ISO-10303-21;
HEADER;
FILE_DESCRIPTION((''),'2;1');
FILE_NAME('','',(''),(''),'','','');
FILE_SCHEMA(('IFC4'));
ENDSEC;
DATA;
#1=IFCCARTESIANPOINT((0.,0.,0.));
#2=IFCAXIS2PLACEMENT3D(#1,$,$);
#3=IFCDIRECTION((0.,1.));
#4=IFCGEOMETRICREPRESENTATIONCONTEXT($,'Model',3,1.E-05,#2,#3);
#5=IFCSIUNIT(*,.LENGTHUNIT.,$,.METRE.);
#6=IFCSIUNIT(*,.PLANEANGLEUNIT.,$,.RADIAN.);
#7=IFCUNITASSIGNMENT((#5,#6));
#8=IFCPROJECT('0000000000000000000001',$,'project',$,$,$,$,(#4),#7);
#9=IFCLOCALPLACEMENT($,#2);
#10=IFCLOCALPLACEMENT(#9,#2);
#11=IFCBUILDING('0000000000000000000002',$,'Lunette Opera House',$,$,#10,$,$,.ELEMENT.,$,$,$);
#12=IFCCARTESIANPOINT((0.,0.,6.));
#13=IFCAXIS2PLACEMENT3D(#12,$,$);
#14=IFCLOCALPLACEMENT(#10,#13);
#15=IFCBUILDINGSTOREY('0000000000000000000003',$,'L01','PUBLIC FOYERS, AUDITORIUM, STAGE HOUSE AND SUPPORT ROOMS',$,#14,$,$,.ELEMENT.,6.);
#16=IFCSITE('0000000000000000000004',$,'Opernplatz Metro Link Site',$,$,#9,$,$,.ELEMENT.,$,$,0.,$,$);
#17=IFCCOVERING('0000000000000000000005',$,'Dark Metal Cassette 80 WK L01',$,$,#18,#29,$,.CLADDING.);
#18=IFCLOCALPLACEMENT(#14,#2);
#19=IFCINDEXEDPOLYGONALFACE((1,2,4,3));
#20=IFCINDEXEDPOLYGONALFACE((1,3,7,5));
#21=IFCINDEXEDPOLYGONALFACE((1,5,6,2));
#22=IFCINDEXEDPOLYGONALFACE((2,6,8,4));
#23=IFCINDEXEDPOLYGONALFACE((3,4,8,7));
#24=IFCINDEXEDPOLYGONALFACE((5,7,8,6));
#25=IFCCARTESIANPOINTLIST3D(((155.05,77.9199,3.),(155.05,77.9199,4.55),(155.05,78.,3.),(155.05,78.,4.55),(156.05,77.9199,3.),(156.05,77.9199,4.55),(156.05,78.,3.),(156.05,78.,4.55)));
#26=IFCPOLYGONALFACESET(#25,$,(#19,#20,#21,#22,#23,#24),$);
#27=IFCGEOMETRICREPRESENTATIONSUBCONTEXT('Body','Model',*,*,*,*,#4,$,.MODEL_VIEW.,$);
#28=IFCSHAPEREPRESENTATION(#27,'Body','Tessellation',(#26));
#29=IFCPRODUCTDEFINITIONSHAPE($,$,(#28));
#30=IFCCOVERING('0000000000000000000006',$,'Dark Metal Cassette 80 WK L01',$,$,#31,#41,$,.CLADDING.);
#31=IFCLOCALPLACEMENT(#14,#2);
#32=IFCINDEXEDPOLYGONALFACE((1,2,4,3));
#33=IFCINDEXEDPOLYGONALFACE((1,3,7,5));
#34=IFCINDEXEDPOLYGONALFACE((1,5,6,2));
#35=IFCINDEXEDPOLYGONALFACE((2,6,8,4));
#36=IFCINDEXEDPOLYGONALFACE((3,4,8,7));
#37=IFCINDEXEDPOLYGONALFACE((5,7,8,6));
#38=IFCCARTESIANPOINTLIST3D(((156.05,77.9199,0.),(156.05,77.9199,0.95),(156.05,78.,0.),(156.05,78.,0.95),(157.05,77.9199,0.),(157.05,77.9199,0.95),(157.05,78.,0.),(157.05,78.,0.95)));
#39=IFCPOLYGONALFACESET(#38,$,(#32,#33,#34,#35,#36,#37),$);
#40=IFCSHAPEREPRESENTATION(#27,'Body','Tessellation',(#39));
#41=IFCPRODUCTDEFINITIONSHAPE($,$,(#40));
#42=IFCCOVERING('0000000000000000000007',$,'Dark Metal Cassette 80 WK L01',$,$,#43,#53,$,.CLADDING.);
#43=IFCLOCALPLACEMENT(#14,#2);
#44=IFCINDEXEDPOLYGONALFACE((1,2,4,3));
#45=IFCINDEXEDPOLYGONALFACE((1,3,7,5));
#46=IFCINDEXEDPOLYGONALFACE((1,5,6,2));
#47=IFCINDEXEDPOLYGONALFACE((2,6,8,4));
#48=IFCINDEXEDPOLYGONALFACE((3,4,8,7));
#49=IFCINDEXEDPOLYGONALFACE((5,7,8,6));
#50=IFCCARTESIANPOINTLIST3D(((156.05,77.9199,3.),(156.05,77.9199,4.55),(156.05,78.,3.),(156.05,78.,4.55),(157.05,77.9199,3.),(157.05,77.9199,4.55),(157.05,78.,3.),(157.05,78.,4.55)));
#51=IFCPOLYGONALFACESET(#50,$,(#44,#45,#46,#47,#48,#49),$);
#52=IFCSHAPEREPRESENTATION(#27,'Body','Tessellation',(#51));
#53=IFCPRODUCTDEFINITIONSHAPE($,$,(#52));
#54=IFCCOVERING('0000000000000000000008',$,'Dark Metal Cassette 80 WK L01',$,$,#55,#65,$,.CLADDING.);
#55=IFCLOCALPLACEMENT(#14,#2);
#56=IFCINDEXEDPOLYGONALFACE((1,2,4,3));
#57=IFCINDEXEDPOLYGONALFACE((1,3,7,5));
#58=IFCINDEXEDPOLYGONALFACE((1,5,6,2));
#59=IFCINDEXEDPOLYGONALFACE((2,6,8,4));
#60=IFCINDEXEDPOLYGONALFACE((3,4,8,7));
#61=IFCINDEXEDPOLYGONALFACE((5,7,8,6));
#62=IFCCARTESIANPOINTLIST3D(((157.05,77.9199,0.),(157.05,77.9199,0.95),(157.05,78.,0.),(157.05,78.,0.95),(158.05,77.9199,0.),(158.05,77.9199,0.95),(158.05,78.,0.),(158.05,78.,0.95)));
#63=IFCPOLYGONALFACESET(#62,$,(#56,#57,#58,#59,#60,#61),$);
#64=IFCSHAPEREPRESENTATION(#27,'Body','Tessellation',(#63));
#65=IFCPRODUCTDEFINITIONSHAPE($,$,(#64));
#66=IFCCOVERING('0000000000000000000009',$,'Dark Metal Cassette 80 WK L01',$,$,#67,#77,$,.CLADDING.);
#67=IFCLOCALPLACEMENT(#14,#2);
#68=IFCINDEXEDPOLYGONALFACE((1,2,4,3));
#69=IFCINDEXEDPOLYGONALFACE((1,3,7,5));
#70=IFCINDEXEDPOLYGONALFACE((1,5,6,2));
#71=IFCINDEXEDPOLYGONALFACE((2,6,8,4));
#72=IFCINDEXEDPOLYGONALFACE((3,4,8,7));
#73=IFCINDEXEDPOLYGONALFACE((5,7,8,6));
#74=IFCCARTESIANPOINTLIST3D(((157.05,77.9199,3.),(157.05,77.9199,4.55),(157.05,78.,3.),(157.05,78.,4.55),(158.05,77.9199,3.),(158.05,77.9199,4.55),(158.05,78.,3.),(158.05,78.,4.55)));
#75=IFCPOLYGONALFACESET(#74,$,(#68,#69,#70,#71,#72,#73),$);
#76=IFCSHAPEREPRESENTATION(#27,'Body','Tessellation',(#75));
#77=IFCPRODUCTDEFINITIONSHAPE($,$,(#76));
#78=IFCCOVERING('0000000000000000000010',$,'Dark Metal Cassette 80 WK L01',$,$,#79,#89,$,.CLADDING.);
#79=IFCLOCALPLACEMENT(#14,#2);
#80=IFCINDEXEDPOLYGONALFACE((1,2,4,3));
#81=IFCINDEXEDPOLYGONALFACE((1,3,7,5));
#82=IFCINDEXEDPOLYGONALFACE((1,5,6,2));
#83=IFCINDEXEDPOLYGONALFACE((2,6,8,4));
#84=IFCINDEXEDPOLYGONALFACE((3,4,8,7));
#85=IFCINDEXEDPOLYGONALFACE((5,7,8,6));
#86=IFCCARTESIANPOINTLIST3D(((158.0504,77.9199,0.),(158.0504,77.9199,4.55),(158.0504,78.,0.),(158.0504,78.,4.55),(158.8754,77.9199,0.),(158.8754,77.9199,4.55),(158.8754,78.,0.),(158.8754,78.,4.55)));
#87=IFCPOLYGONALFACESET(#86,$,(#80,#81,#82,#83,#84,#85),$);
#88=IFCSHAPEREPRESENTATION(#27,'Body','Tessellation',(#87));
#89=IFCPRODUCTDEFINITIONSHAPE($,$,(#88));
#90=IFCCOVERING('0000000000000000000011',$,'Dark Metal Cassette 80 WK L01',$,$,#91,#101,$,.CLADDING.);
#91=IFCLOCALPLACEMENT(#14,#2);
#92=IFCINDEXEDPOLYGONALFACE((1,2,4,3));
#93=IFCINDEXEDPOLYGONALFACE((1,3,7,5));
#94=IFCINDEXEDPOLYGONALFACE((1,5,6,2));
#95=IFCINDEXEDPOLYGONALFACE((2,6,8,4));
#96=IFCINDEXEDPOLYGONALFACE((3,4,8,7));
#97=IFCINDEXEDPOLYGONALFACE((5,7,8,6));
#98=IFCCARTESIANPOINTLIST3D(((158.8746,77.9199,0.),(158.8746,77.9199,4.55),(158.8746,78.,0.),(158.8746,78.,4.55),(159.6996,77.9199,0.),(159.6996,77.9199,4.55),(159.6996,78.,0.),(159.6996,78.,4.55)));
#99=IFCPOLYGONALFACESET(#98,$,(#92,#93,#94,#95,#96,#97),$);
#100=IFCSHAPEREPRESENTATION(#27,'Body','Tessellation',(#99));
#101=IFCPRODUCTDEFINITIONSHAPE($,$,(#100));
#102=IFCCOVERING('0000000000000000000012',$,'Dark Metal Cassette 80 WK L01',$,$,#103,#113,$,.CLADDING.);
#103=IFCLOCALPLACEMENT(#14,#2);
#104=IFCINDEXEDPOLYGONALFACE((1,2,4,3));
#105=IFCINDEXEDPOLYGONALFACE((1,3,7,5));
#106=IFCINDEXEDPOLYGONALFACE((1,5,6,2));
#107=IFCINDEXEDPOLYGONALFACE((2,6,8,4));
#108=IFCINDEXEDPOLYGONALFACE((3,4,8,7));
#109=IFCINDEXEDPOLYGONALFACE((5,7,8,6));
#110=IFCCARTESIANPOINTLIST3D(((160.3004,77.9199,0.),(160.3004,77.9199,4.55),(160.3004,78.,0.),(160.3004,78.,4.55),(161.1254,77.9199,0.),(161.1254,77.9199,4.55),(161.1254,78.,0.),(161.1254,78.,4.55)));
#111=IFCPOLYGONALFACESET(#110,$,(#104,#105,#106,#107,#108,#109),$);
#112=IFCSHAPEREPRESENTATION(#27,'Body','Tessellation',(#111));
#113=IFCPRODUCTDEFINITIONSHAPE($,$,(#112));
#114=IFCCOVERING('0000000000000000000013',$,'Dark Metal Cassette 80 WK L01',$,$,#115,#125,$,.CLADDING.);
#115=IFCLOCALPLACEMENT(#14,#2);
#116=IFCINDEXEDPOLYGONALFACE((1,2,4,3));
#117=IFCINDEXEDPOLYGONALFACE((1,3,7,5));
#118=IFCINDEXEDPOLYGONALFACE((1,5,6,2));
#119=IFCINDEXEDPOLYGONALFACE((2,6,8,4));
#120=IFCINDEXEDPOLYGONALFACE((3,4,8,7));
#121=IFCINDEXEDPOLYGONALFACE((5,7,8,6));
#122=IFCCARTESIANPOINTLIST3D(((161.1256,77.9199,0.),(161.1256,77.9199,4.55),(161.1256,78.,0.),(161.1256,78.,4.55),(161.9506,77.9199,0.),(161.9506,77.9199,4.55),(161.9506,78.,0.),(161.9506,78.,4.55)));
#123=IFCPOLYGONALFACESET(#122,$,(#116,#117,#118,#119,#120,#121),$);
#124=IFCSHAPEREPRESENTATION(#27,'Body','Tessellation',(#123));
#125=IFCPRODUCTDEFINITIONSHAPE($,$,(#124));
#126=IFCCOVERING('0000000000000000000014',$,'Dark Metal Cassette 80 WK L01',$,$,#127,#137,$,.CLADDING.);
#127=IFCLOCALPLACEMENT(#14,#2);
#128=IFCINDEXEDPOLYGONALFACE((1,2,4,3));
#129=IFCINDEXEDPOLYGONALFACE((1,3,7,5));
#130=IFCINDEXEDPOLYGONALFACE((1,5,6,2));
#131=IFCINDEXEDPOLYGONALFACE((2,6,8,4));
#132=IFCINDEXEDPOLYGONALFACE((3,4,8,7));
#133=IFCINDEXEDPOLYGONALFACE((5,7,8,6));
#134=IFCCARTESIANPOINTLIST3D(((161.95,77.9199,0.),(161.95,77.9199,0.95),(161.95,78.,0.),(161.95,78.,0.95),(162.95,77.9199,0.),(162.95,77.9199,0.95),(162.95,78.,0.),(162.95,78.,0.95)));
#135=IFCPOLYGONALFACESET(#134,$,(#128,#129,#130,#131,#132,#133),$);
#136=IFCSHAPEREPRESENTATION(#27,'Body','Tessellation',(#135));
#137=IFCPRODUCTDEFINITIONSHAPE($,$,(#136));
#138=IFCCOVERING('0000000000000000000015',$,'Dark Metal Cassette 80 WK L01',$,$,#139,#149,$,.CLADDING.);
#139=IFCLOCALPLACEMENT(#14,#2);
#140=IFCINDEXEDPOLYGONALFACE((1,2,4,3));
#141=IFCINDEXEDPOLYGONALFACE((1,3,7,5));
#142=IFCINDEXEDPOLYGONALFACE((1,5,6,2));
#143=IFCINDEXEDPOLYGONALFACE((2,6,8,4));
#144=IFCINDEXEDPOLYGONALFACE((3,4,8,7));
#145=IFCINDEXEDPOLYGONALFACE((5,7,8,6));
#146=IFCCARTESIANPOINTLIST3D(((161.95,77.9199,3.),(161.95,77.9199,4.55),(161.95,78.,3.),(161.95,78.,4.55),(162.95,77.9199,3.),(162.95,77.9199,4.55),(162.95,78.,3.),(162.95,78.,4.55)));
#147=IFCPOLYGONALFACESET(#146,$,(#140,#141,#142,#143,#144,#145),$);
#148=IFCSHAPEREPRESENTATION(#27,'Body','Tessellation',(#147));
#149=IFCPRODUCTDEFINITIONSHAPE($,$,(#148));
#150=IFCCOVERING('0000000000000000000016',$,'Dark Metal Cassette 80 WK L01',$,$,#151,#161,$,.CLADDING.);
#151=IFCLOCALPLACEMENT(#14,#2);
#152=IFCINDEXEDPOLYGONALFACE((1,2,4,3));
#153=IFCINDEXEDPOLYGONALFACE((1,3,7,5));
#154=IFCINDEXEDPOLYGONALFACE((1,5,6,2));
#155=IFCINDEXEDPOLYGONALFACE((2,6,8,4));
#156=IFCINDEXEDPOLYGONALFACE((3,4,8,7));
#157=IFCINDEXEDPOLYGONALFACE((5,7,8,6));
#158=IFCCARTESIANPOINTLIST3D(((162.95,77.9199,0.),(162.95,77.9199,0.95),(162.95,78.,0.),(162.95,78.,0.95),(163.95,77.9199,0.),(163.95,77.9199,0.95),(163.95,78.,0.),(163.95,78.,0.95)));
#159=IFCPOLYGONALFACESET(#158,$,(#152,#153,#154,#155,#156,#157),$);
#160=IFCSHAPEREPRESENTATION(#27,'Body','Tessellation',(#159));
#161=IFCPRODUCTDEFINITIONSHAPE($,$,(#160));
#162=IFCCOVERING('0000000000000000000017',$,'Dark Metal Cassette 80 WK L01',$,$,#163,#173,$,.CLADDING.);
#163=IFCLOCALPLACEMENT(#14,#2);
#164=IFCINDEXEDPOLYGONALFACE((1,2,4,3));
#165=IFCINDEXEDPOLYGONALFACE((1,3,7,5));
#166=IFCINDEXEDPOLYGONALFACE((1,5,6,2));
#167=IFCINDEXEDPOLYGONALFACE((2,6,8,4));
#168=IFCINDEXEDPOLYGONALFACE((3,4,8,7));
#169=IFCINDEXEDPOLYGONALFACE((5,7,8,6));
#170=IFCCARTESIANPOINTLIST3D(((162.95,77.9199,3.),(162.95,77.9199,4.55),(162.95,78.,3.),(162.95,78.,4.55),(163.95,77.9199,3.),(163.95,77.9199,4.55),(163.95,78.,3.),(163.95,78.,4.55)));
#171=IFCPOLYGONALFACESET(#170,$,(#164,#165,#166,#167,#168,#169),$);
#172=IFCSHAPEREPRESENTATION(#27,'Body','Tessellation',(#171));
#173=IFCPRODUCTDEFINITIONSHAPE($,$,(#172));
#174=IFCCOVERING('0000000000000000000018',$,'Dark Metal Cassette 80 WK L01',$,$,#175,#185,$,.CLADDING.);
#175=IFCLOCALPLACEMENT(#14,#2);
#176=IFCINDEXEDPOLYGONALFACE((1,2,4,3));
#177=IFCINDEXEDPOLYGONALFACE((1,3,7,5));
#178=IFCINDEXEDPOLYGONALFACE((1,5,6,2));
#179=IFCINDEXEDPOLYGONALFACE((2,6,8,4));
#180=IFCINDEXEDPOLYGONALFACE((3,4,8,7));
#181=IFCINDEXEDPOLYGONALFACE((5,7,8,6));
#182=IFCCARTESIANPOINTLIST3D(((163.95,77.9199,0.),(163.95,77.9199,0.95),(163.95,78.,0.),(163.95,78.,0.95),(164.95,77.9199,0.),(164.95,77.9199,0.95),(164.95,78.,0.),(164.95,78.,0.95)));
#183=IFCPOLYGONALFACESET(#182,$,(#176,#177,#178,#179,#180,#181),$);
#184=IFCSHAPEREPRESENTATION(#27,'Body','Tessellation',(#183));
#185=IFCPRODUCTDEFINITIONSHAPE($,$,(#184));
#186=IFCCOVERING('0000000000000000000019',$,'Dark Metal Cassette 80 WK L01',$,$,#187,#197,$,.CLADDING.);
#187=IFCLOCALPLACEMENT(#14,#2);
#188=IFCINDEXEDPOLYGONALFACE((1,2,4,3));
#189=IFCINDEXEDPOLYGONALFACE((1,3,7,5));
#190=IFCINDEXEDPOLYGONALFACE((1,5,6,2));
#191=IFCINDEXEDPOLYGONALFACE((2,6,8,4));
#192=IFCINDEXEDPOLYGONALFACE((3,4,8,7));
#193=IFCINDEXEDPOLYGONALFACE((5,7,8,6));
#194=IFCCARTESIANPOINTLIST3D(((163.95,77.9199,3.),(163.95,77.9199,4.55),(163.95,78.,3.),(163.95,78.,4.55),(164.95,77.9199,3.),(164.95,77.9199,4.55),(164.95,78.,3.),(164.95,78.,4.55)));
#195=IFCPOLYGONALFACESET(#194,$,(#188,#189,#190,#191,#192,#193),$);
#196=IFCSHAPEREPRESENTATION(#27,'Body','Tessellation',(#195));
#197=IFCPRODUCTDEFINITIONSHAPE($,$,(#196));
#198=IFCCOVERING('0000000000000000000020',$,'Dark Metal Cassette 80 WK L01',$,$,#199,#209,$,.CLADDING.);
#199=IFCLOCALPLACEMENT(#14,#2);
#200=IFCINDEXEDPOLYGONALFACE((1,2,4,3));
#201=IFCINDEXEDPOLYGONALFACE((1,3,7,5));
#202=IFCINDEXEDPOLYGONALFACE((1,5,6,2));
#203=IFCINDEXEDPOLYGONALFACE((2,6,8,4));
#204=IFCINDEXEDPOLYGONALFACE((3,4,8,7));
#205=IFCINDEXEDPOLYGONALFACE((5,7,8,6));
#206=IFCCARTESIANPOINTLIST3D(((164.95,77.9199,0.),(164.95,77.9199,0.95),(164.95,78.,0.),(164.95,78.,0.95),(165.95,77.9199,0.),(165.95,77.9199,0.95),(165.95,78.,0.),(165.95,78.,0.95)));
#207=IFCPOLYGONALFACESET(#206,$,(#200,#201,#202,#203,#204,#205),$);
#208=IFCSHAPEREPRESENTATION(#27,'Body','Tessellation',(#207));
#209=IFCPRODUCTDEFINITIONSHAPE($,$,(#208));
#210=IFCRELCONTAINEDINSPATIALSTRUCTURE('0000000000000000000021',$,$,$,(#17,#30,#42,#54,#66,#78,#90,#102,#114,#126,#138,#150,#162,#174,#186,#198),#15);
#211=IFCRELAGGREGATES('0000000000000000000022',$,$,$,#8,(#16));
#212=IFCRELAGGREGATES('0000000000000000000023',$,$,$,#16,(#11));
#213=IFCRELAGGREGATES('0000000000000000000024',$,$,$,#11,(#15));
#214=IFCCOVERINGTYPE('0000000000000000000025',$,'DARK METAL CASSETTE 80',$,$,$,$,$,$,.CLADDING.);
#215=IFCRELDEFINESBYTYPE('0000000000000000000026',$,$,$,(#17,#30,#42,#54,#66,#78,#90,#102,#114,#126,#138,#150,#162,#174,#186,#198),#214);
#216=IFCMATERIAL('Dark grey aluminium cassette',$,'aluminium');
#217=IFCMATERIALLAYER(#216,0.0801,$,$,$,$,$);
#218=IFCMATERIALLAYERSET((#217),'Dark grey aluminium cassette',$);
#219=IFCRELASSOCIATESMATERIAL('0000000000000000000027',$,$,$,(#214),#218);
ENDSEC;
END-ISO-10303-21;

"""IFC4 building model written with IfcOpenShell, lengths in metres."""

from ifc_helpers import new_model, si_unit, direction, frame, origin, origin_2d, place, context, subcontext, project, spatial, rectangle, extrude, material, layer, layer_set, type_object, element, save


model = new_model("IFC4")

# Units and contexts
model_context = context("Model", 3, precision=1e-05, world=origin(), true_north=direction((0.0, 1.0)))
body_context = subcontext(model_context, "Body", "Model", "MODEL_VIEW")
ifc_project = project(units=[si_unit("LENGTHUNIT", "METRE"), si_unit("PLANEANGLEUNIT", "RADIAN")], contexts=[model_context])

# Site, building, storey
site_placement = place(None, origin())
site = spatial("IfcSite", under=ifc_project, at=site_placement, Name="Opernplatz Metro Link Site", CompositionType="ELEMENT", RefElevation=0.0)
building_placement = place(site_placement, origin())
building = spatial("IfcBuilding", under=site, at=building_placement, Name="Lunette Opera House", CompositionType="ELEMENT")
storey_placement = place(building_placement, frame((0.0, 0.0, 6.0)))
storey = spatial("IfcBuildingStorey", under=building, at=storey_placement, Name="L01", Description="PUBLIC FOYERS, AUDITORIUM, STAGE HOUSE AND SUPPORT ROOMS", CompositionType="ELEMENT", Elevation=6.0)

# Coverings
ifc_material_1 = material(Name="Dark grey aluminium cassette", Category="aluminium")
ifc_layer_1 = layer(ifc_material_1, 0.0801)
ifc_layer_set_1 = layer_set([ifc_layer_1], Name="Dark grey aluminium cassette")
covering_type = type_object("IfcCoveringType", Name="DARK METAL CASSETTE 80", PredefinedType="CLADDING", material=ifc_layer_set_1)
covering_1_placement = place(storey_placement, frame((155.55, 77.96, 3.0), z_axis=(0.0, 0.0, 1.0), x_axis=(1.0, 0.0, 0.0)))
element("IfcCovering", 1, at=covering_1_placement, inside=storey, type_object=covering_type, Name="Dark Metal Cassette 80 WK L01", PredefinedType="CLADDING", context=body_context, shape_type="SweptSolid", body=[
    extrude(rectangle(XDim=1.0, YDim=0.0801, at=origin_2d()), origin(), (0.0, 0.0, 1.0), 1.55),
])
covering_2_placement = place(storey_placement, frame((156.55, 77.96, 0.0), z_axis=(0.0, 0.0, 1.0), x_axis=(1.0, 0.0, 0.0)))
element("IfcCovering", 2, at=covering_2_placement, inside=storey, type_object=covering_type, Name="Dark Metal Cassette 80 WK L01", PredefinedType="CLADDING", context=body_context, shape_type="SweptSolid", body=[
    extrude(rectangle(XDim=1.0, YDim=0.0801, at=origin_2d()), origin(), (0.0, 0.0, 1.0), 0.95),
])
covering_3_placement = place(storey_placement, frame((156.55, 77.96, 3.0), z_axis=(0.0, 0.0, 1.0), x_axis=(1.0, 0.0, 0.0)))
element("IfcCovering", 3, at=covering_3_placement, inside=storey, type_object=covering_type, Name="Dark Metal Cassette 80 WK L01", PredefinedType="CLADDING", context=body_context, shape_type="SweptSolid", body=[
    extrude(rectangle(XDim=1.0, YDim=0.0801, at=origin_2d()), origin(), (0.0, 0.0, 1.0), 1.55),
])
covering_4_placement = place(storey_placement, frame((157.55, 77.96, 0.0), z_axis=(0.0, 0.0, 1.0), x_axis=(1.0, 0.0, 0.0)))
element("IfcCovering", 4, at=covering_4_placement, inside=storey, type_object=covering_type, Name="Dark Metal Cassette 80 WK L01", PredefinedType="CLADDING", context=body_context, shape_type="SweptSolid", body=[
    extrude(rectangle(XDim=1.0, YDim=0.0801, at=origin_2d()), origin(), (0.0, 0.0, 1.0), 0.95),
])
covering_5_placement = place(storey_placement, frame((157.55, 77.96, 3.0), z_axis=(0.0, 0.0, 1.0), x_axis=(1.0, 0.0, 0.0)))
element("IfcCovering", 5, at=covering_5_placement, inside=storey, type_object=covering_type, Name="Dark Metal Cassette 80 WK L01", PredefinedType="CLADDING", context=body_context, shape_type="SweptSolid", body=[
    extrude(rectangle(XDim=1.0, YDim=0.0801, at=origin_2d()), origin(), (0.0, 0.0, 1.0), 1.55),
])
for number, where, z_axis, x_axis, name in (
    (6, (158.4629, 77.96, 0.0), (0.0, 0.0, 1.0), (1.0, 0.0, 0.0), "Dark Metal Cassette 80 WK L01"),
    (7, (159.2871, 77.96, 0.0), (0.0, 0.0, 1.0), (1.0, 0.0, 0.0), "Dark Metal Cassette 80 WK L01"),
    (8, (160.7129, 77.96, 0.0), (0.0, 0.0, 1.0), (1.0, 0.0, 0.0), "Dark Metal Cassette 80 WK L01"),
    (9, (161.5381, 77.96, 0.0), (0.0, 0.0, 1.0), (1.0, 0.0, 0.0), "Dark Metal Cassette 80 WK L01"),
):
    element("IfcCovering", number, at=place(storey_placement, frame(where, z_axis=z_axis, x_axis=x_axis)), inside=storey, type_object=covering_type, Name=name, PredefinedType="CLADDING", context=body_context, shape_type="SweptSolid", body=[
        extrude(rectangle(XDim=0.825, YDim=0.0801, at=origin_2d()), origin(), (0.0, 0.0, 1.0), 4.55),
    ])
covering_6_placement = place(storey_placement, frame((162.45, 77.96, 0.0), z_axis=(0.0, 0.0, 1.0), x_axis=(1.0, 0.0, 0.0)))
element("IfcCovering", 10, at=covering_6_placement, inside=storey, type_object=covering_type, Name="Dark Metal Cassette 80 WK L01", PredefinedType="CLADDING", context=body_context, shape_type="SweptSolid", body=[
    extrude(rectangle(XDim=1.0, YDim=0.0801, at=origin_2d()), origin(), (0.0, 0.0, 1.0), 0.95),
])
covering_7_placement = place(storey_placement, frame((162.45, 77.96, 3.0), z_axis=(0.0, 0.0, 1.0), x_axis=(1.0, 0.0, 0.0)))
element("IfcCovering", 11, at=covering_7_placement, inside=storey, type_object=covering_type, Name="Dark Metal Cassette 80 WK L01", PredefinedType="CLADDING", context=body_context, shape_type="SweptSolid", body=[
    extrude(rectangle(XDim=1.0, YDim=0.0801, at=origin_2d()), origin(), (0.0, 0.0, 1.0), 1.55),
])
covering_8_placement = place(storey_placement, frame((163.45, 77.96, 0.0), z_axis=(0.0, 0.0, 1.0), x_axis=(1.0, 0.0, 0.0)))
element("IfcCovering", 12, at=covering_8_placement, inside=storey, type_object=covering_type, Name="Dark Metal Cassette 80 WK L01", PredefinedType="CLADDING", context=body_context, shape_type="SweptSolid", body=[
    extrude(rectangle(XDim=1.0, YDim=0.0801, at=origin_2d()), origin(), (0.0, 0.0, 1.0), 0.95),
])
covering_9_placement = place(storey_placement, frame((163.45, 77.96, 3.0), z_axis=(0.0, 0.0, 1.0), x_axis=(1.0, 0.0, 0.0)))
element("IfcCovering", 13, at=covering_9_placement, inside=storey, type_object=covering_type, Name="Dark Metal Cassette 80 WK L01", PredefinedType="CLADDING", context=body_context, shape_type="SweptSolid", body=[
    extrude(rectangle(XDim=1.0, YDim=0.0801, at=origin_2d()), origin(), (0.0, 0.0, 1.0), 1.55),
])
covering_10_placement = place(storey_placement, frame((164.45, 77.96, 0.0), z_axis=(0.0, 0.0, 1.0), x_axis=(1.0, 0.0, 0.0)))
element("IfcCovering", 14, at=covering_10_placement, inside=storey, type_object=covering_type, Name="Dark Metal Cassette 80 WK L01", PredefinedType="CLADDING", context=body_context, shape_type="SweptSolid", body=[
    extrude(rectangle(XDim=1.0, YDim=0.0801, at=origin_2d()), origin(), (0.0, 0.0, 1.0), 0.95),
])
covering_11_placement = place(storey_placement, frame((164.45, 77.96, 3.0), z_axis=(0.0, 0.0, 1.0), x_axis=(1.0, 0.0, 0.0)))
element("IfcCovering", 15, at=covering_11_placement, inside=storey, type_object=covering_type, Name="Dark Metal Cassette 80 WK L01", PredefinedType="CLADDING", context=body_context, shape_type="SweptSolid", body=[
    extrude(rectangle(XDim=1.0, YDim=0.0801, at=origin_2d()), origin(), (0.0, 0.0, 1.0), 1.55),
])
covering_12_placement = place(storey_placement, frame((165.45, 77.96, 0.0), z_axis=(0.0, 0.0, 1.0), x_axis=(1.0, 0.0, 0.0)))
element("IfcCovering", 16, at=covering_12_placement, inside=storey, type_object=covering_type, Name="Dark Metal Cassette 80 WK L01", PredefinedType="CLADDING", context=body_context, shape_type="SweptSolid", body=[
    extrude(rectangle(XDim=1.0, YDim=0.0801, at=origin_2d()), origin(), (0.0, 0.0, 1.0), 0.95),
])

save(model, "model.ifc")
